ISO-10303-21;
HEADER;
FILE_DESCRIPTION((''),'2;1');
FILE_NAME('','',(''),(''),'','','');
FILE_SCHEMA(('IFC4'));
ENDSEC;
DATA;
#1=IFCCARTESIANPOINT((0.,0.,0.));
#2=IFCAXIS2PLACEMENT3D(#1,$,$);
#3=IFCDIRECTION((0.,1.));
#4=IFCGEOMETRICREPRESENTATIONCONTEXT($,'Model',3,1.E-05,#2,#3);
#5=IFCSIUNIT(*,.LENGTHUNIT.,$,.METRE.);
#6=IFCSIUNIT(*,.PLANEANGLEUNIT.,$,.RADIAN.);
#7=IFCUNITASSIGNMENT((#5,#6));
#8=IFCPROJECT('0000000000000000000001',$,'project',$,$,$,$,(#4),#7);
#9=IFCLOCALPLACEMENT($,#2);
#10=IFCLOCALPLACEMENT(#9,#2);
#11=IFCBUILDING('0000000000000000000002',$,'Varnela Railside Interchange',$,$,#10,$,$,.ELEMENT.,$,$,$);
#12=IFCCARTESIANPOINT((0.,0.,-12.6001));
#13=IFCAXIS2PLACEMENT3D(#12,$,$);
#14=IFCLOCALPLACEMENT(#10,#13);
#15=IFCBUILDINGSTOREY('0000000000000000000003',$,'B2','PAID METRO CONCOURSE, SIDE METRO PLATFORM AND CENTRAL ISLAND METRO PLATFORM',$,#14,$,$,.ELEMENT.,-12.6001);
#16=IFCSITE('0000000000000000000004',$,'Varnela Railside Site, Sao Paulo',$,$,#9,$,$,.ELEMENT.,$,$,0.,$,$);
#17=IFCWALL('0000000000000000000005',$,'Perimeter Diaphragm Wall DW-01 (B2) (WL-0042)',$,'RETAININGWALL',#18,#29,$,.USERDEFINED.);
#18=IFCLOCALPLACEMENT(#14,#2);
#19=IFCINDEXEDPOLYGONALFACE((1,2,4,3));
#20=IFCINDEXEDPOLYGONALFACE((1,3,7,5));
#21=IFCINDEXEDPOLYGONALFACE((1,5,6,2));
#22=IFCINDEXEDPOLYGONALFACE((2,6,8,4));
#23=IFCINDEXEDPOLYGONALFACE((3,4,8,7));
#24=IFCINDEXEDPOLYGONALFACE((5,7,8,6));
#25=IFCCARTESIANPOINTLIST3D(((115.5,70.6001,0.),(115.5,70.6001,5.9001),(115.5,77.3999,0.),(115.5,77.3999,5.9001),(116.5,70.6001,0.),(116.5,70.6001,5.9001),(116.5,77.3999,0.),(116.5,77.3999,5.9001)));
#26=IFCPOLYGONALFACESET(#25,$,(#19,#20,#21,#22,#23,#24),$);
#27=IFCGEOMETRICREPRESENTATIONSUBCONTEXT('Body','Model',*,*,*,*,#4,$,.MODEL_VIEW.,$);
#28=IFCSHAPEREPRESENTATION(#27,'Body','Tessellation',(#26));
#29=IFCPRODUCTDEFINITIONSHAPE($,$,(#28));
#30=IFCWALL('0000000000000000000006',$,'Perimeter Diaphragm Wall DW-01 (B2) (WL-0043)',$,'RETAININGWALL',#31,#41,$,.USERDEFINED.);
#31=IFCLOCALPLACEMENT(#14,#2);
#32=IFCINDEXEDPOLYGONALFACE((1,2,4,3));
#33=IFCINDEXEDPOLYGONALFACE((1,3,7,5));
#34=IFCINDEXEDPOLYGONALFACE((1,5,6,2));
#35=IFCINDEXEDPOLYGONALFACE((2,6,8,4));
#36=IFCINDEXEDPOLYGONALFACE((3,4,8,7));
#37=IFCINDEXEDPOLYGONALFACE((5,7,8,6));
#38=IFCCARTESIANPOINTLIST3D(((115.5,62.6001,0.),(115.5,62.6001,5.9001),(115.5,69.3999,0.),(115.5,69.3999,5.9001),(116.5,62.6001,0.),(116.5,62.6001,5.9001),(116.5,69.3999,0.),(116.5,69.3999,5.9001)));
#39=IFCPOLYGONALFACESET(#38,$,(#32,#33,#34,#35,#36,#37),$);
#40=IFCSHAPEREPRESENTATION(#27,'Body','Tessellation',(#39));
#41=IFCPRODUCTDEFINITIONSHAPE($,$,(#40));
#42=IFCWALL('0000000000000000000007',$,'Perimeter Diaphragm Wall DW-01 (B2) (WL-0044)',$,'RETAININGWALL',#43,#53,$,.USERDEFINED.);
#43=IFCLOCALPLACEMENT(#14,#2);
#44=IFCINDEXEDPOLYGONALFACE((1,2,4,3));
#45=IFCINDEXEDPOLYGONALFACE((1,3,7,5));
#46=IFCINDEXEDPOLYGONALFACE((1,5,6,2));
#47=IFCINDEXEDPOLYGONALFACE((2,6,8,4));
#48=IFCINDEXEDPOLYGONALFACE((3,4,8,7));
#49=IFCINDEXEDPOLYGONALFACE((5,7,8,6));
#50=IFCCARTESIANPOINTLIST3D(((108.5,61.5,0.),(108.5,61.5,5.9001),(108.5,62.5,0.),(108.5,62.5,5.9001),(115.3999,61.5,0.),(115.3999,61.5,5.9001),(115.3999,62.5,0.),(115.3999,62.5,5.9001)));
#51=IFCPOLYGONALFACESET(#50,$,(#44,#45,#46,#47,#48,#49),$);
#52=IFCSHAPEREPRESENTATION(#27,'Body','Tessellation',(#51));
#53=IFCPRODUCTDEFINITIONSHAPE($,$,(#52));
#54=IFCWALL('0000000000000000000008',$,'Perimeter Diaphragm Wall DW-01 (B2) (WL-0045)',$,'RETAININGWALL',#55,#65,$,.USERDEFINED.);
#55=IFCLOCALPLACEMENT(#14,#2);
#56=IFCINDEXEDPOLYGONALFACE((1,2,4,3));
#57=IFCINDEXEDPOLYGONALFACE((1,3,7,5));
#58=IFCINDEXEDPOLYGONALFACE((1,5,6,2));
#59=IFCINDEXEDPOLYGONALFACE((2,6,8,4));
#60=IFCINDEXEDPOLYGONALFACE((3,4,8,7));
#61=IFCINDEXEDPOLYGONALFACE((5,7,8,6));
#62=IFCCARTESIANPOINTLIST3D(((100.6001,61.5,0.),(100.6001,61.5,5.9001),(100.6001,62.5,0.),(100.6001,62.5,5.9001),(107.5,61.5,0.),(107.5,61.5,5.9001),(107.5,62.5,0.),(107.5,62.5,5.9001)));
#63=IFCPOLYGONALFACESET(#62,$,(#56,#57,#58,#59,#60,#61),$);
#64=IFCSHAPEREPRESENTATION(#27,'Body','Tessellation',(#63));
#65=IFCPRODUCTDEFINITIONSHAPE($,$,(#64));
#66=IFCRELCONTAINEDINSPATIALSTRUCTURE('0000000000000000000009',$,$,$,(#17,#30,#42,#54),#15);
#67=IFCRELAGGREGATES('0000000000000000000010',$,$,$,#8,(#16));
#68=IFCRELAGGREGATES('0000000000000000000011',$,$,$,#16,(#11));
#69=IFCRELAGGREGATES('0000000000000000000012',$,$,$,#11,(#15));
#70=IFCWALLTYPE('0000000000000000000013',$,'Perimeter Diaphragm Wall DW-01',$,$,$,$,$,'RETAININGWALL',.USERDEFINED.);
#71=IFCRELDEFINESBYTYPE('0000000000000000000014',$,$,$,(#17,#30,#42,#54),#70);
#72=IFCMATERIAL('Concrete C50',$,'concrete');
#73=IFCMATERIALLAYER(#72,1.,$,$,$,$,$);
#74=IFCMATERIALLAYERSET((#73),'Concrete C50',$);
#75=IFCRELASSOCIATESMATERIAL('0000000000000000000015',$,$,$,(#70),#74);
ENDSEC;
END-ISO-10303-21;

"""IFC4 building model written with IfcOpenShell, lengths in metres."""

from ifc_helpers import new_model, si_unit, direction, frame, frame_2d, origin, place, context, subcontext, project, spatial, rectangle, extrude, material, layer, layer_set, type_object, element, save


model = new_model("IFC4")

# Units and contexts
model_context = context("Model", 3, precision=1e-05, world=origin(), true_north=direction((0.0, 1.0)))
body_context = subcontext(model_context, "Body", "Model", "MODEL_VIEW")
ifc_project = project(units=[si_unit("LENGTHUNIT", "METRE"), si_unit("PLANEANGLEUNIT", "RADIAN")], contexts=[model_context])

# Site, building, storey
site_placement = place(None, origin())
site = spatial("IfcSite", under=ifc_project, at=site_placement, Name="Varnela Railside Site, Sao Paulo", CompositionType="ELEMENT", RefElevation=0.0)
building_placement = place(site_placement, origin())
building = spatial("IfcBuilding", under=site, at=building_placement, Name="Varnela Railside Interchange", CompositionType="ELEMENT")
storey_placement = place(building_placement, frame((0.0, 0.0, -12.6001)))
storey = spatial("IfcBuildingStorey", under=building, at=storey_placement, Name="B2", Description="PAID METRO CONCOURSE, SIDE METRO PLATFORM AND CENTRAL ISLAND METRO PLATFORM", CompositionType="ELEMENT", Elevation=-12.6001)

# Shared definitions
ifc_material_1 = material(Name="Concrete C50", Category="concrete")

# Walls
ifc_layer = layer(ifc_material_1, 1.0)
ifc_layer_set = layer_set([ifc_layer], Name="Concrete C50")
wall_type = type_object("IfcWallType", Name="Perimeter Diaphragm Wall DW-01", ElementType="RETAININGWALL", PredefinedType="USERDEFINED", material=ifc_layer_set)
for number, where, z_axis, x_axis, name in (
    (1, (116.0, 77.3999, 0.0), (0.0, 0.0, 1.0), (0.0, -1.0, 0.0), "Perimeter Diaphragm Wall DW-01 (B2) (WL-0042)"),
    (2, (116.0, 69.3999, 0.0), (0.0, 0.0, 1.0), (0.0, -1.0, 0.0), "Perimeter Diaphragm Wall DW-01 (B2) (WL-0043)"),
):
    element("IfcWall", number, at=place(storey_placement, frame(where, z_axis=z_axis, x_axis=x_axis)), inside=storey, type_object=wall_type, Name=name, ObjectType="RETAININGWALL", PredefinedType="USERDEFINED", context=body_context, shape_type="SweptSolid", body=[
        extrude(rectangle(XDim=6.7998, YDim=1.0, at=frame_2d((3.3999, 0.0))), origin(), (0.0, 0.0, 1.0), 5.9001),
    ])
for number, where, z_axis, x_axis, name in (
    (3, (115.3999, 62.0, 0.0), (0.0, 0.0, 1.0), (-1.0, 0.0, 0.0), "Perimeter Diaphragm Wall DW-01 (B2) (WL-0044)"),
    (4, (107.5, 62.0, 0.0), (0.0, 0.0, 1.0), (-1.0, 0.0, 0.0), "Perimeter Diaphragm Wall DW-01 (B2) (WL-0045)"),
):
    element("IfcWall", number, at=place(storey_placement, frame(where, z_axis=z_axis, x_axis=x_axis)), inside=storey, type_object=wall_type, Name=name, ObjectType="RETAININGWALL", PredefinedType="USERDEFINED", context=body_context, shape_type="SweptSolid", body=[
        extrude(rectangle(XDim=6.8999, YDim=1.0, at=frame_2d((3.45, 0.0))), origin(), (0.0, 0.0, 1.0), 5.9001),
    ])

save(model, "model.ifc")
